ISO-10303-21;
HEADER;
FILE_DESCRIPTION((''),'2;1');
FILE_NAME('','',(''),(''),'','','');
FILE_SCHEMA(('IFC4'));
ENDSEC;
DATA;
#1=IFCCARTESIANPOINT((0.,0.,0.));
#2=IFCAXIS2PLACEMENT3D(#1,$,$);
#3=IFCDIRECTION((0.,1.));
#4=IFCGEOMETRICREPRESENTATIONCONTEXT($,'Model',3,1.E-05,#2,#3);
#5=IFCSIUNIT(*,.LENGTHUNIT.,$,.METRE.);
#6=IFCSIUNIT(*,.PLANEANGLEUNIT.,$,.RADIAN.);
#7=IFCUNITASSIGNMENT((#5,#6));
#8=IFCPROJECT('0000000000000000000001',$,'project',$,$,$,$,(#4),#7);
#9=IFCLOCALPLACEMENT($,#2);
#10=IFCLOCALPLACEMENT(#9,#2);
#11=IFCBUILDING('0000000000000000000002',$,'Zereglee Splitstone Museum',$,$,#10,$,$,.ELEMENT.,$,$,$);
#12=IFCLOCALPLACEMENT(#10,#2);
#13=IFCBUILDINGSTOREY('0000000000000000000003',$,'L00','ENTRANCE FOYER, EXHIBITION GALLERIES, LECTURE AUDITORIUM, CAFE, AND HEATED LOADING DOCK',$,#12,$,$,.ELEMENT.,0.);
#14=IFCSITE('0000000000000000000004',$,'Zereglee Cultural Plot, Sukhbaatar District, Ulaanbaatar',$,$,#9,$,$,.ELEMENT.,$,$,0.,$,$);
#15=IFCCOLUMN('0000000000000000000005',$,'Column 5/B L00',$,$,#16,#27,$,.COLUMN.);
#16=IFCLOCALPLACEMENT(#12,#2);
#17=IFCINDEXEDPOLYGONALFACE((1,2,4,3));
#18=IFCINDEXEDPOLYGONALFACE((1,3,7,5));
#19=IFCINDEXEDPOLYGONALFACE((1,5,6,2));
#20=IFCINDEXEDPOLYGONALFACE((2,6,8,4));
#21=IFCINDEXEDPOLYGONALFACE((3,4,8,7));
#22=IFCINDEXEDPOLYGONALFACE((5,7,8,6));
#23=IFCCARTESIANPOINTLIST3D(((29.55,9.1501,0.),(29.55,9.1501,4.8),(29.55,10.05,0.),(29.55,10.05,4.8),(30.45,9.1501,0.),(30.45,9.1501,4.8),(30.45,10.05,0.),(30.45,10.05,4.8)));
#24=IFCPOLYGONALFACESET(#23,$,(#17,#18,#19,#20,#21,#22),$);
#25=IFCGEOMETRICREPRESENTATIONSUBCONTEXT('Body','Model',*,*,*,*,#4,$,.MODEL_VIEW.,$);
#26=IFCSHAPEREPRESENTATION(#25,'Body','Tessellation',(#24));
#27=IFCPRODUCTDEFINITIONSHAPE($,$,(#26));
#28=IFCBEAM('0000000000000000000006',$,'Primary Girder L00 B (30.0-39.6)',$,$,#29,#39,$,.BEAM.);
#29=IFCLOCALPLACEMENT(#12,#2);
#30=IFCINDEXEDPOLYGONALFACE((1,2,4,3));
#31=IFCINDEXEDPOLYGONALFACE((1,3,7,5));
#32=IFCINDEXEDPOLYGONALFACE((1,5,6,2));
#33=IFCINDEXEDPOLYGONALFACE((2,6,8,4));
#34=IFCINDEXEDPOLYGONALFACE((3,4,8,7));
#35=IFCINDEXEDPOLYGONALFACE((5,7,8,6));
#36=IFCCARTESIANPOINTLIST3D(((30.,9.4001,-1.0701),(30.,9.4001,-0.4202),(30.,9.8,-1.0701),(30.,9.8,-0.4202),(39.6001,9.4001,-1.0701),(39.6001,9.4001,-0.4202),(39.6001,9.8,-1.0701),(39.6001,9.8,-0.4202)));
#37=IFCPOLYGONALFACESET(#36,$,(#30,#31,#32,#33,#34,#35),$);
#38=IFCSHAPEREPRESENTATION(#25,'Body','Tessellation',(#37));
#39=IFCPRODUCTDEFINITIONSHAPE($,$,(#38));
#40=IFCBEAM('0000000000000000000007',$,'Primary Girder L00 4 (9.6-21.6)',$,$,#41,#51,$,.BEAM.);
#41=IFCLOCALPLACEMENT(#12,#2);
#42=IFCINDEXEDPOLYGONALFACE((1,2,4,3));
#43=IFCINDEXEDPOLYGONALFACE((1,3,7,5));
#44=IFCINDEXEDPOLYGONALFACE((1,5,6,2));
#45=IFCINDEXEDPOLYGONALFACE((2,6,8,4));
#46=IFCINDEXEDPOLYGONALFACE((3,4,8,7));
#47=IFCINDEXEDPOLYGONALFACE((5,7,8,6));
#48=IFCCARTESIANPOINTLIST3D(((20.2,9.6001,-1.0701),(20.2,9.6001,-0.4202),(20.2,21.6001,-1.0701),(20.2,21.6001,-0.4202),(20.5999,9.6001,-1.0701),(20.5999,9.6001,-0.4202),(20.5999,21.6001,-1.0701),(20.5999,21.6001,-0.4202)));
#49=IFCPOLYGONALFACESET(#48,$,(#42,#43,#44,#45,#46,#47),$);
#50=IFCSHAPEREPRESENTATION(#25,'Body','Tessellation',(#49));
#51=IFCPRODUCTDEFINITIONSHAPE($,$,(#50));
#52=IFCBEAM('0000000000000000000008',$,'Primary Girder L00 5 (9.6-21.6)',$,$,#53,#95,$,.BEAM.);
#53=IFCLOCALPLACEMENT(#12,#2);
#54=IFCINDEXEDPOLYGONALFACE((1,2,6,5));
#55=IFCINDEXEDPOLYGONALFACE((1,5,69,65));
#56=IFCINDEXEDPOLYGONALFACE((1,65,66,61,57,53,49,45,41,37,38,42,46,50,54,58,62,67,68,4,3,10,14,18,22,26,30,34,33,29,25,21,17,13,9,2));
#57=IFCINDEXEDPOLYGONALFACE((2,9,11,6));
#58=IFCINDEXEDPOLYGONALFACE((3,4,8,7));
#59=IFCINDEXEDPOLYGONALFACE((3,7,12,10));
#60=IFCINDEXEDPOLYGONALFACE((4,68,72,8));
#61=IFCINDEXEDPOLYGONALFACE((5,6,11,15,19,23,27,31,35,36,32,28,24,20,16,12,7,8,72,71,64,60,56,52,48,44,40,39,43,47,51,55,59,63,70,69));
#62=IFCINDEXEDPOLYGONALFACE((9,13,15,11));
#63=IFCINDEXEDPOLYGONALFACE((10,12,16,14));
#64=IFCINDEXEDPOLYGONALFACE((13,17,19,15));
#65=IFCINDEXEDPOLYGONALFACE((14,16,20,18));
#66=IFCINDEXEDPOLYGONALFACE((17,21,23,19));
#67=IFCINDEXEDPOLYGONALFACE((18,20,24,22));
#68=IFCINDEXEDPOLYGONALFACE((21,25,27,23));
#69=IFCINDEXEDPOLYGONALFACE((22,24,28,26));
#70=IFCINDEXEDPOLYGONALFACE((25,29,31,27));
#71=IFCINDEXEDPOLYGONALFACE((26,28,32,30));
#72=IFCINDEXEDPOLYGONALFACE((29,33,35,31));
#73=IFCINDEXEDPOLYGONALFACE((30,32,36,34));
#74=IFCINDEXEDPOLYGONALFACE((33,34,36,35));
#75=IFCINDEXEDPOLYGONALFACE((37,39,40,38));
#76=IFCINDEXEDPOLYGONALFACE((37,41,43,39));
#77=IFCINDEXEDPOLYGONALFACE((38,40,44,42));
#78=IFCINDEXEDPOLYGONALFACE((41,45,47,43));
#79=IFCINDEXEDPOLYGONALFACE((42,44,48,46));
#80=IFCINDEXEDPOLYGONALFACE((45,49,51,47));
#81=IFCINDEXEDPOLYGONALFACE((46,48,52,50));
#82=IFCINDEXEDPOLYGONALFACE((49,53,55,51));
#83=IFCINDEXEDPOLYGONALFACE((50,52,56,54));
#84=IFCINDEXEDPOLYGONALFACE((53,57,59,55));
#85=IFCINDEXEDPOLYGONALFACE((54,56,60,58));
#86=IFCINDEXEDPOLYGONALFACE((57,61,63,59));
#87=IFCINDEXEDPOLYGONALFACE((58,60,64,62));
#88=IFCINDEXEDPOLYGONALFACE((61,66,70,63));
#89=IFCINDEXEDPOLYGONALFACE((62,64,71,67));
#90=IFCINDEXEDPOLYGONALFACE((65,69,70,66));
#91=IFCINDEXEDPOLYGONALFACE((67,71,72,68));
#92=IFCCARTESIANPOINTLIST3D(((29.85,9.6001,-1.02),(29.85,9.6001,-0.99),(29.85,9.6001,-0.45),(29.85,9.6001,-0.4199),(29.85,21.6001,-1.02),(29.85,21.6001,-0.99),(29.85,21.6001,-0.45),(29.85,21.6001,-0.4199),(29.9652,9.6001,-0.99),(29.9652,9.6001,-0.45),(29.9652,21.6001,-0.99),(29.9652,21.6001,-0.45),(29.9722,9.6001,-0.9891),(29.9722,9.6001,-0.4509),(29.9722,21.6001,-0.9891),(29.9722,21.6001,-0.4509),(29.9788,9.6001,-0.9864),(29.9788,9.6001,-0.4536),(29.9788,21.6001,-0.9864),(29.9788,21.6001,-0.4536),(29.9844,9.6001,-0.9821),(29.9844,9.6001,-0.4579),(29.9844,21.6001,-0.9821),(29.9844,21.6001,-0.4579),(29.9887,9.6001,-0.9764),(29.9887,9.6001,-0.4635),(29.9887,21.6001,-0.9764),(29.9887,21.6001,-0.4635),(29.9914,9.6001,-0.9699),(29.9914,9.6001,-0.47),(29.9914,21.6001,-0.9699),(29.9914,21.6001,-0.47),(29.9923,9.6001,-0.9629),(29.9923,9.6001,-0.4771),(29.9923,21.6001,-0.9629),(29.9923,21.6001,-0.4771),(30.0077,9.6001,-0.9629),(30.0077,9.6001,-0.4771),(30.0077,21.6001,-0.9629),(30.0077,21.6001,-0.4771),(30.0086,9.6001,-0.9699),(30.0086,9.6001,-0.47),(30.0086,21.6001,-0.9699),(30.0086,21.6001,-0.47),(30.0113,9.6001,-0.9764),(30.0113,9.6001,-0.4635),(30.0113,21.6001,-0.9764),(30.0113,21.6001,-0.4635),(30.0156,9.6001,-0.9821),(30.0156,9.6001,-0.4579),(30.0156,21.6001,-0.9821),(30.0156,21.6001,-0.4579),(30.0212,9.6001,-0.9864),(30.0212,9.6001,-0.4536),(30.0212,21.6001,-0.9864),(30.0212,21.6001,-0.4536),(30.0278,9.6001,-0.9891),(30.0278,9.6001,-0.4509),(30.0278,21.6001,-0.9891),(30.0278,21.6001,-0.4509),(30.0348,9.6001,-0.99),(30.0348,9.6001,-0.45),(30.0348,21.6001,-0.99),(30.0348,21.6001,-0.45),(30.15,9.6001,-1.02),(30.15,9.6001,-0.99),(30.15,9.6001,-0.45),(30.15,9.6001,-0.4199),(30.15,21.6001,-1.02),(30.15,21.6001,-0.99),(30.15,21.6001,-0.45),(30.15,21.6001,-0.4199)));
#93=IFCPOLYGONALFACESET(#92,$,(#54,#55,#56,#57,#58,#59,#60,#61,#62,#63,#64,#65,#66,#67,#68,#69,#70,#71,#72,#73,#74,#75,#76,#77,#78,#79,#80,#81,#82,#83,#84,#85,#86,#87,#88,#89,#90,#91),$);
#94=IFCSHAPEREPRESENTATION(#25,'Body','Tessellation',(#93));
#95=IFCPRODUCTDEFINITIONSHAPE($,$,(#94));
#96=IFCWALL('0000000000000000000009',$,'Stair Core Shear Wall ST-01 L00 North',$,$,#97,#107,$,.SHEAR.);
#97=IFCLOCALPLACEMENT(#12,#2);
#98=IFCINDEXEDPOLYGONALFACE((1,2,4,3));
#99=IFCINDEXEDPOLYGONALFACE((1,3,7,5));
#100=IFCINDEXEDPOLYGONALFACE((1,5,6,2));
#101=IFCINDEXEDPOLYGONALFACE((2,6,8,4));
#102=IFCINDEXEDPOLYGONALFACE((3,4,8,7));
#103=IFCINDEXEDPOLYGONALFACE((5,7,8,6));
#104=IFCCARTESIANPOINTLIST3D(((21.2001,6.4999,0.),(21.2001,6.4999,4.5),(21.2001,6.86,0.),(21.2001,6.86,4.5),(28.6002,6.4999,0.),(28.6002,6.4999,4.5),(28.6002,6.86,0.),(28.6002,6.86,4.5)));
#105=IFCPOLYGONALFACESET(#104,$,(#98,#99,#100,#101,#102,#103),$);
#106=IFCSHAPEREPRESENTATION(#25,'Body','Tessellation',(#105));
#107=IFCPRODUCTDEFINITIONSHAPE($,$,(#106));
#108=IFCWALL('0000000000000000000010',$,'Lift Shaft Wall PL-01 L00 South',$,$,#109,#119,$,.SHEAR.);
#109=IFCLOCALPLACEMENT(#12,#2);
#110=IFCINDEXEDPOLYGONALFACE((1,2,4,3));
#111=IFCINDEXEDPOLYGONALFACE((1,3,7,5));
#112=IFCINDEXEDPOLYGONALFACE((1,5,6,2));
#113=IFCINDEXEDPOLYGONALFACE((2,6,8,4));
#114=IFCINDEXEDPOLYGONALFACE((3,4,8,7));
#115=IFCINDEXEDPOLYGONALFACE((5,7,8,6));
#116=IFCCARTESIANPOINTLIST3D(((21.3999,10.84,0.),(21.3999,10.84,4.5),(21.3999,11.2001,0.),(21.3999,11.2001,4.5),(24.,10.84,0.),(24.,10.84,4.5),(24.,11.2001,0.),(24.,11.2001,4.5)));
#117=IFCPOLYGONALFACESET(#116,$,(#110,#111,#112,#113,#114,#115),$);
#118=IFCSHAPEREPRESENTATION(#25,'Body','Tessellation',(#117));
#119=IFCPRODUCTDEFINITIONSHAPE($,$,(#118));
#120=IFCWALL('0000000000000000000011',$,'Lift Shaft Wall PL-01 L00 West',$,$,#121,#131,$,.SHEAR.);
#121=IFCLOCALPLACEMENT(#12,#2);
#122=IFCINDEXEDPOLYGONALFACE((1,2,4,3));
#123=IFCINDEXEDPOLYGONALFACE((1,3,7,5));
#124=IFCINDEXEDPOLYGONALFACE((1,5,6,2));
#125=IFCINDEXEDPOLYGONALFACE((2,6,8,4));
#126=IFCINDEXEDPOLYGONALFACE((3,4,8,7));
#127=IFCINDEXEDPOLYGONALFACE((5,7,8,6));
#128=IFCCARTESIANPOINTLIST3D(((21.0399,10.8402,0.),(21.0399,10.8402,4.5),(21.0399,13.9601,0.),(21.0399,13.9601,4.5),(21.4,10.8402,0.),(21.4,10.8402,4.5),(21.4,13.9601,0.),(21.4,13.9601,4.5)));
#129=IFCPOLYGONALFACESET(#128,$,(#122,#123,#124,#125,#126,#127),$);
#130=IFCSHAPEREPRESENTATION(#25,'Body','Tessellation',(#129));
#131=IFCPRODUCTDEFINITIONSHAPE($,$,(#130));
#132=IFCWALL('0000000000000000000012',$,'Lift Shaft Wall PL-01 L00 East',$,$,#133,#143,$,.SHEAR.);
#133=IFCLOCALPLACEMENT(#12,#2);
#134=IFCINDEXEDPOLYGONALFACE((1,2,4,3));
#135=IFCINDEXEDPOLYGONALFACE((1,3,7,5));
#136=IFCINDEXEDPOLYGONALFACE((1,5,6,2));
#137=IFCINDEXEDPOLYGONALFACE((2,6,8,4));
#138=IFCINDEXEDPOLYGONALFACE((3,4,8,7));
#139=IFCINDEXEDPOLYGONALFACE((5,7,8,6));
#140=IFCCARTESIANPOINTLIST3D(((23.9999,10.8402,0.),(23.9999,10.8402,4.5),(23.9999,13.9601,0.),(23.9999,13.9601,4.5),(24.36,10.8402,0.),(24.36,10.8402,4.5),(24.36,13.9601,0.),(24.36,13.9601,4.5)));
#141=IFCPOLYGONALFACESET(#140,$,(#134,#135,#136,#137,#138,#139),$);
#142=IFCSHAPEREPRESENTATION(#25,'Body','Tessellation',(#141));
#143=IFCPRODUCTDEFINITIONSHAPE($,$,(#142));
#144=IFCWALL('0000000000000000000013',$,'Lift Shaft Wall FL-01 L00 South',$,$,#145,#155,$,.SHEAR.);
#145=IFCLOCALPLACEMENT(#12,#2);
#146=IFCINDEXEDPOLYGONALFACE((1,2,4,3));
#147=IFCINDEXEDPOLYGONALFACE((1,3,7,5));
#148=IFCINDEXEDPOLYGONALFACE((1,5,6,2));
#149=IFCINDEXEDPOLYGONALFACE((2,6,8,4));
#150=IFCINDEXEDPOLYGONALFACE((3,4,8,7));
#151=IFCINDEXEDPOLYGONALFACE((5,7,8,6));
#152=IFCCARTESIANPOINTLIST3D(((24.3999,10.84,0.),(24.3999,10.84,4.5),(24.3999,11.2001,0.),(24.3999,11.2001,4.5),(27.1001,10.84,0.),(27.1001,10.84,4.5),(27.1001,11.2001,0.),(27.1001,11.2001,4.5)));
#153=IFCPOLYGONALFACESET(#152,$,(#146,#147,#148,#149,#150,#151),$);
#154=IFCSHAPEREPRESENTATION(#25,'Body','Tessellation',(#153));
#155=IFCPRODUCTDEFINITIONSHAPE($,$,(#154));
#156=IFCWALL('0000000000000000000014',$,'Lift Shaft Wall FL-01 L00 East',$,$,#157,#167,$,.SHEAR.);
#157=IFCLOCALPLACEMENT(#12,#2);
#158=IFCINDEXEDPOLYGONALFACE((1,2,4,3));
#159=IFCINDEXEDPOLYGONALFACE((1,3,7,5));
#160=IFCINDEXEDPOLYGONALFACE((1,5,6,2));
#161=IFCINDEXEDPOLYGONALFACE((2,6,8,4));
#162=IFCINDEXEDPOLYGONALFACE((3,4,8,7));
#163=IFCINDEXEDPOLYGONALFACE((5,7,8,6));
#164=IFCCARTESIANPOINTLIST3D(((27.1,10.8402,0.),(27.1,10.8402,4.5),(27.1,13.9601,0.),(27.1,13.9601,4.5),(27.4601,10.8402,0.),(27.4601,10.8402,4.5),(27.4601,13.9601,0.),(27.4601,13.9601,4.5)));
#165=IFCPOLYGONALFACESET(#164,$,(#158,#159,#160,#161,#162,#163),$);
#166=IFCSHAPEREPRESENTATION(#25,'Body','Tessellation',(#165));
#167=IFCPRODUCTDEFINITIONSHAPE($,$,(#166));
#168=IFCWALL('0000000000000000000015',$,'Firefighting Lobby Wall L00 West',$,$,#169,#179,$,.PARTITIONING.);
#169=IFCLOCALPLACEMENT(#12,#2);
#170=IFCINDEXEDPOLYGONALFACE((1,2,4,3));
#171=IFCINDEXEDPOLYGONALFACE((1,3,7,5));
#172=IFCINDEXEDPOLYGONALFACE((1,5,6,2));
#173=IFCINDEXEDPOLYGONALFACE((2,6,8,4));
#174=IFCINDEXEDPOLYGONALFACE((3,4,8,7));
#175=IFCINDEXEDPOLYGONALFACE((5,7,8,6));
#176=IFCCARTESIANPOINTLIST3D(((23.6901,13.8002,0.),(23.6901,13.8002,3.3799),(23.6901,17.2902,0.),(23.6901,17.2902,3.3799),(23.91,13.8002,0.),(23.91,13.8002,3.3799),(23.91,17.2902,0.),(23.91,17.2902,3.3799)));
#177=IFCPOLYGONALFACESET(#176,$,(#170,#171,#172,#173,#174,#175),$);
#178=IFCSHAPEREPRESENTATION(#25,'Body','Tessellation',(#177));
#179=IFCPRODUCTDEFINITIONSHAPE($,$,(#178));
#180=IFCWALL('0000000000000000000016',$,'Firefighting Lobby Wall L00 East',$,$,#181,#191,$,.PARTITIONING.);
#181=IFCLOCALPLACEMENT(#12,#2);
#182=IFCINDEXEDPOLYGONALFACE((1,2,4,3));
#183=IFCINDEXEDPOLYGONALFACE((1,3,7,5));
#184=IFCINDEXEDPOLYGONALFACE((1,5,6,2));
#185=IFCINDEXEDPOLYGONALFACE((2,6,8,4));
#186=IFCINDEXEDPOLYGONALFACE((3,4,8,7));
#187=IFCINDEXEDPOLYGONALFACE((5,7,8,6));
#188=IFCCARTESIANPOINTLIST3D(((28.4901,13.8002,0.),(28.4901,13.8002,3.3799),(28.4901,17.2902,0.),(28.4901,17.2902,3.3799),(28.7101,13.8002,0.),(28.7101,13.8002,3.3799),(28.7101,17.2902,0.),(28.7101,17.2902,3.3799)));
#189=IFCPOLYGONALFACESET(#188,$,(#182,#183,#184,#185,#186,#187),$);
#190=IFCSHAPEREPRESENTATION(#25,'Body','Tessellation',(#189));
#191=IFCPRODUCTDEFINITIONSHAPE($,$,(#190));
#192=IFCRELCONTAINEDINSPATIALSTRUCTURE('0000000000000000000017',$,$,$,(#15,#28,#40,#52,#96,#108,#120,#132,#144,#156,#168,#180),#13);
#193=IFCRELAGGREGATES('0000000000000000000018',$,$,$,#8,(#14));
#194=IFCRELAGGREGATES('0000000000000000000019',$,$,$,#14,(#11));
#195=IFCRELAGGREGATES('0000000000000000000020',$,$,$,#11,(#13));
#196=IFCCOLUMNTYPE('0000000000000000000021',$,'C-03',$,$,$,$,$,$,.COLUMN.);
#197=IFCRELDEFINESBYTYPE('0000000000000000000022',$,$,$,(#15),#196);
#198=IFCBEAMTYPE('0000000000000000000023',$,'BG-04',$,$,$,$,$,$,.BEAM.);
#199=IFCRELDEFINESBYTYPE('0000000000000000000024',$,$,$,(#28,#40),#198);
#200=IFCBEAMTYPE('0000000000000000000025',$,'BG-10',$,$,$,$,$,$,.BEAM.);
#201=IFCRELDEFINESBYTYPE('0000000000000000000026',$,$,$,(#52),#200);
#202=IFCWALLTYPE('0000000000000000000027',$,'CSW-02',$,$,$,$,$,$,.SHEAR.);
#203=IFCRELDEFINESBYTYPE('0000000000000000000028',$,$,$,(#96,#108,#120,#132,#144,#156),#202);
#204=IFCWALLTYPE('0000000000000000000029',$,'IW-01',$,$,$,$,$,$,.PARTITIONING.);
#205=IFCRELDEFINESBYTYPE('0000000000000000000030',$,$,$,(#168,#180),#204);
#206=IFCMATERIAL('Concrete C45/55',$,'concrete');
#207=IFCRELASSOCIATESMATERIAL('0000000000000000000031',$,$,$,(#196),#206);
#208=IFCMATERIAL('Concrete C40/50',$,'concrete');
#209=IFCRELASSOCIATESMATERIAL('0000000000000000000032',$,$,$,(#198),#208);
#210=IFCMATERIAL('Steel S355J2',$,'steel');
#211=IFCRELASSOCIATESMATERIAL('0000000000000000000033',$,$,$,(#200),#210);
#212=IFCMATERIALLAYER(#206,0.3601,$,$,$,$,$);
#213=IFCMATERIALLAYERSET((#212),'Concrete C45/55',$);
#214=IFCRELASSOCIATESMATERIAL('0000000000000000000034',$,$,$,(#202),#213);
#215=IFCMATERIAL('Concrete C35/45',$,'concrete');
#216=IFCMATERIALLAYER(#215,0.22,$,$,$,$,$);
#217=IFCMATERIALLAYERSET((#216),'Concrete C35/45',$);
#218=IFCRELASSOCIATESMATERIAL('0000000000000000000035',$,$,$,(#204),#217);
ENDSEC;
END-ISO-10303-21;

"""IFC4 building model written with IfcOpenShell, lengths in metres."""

from ifc_helpers import new_model, si_unit, direction, frame, frame_2d, origin, origin_2d, place, context, subcontext, project, spatial, rectangle, i_section, extrude, material, layer, layer_set, material_profile, profile_set, type_object, element, save


model = new_model("IFC4")

# Units and contexts
model_context = context("Model", 3, precision=1e-05, world=origin(), true_north=direction((0.0, 1.0)))
body_context = subcontext(model_context, "Body", "Model", "MODEL_VIEW")
ifc_project = project(units=[si_unit("LENGTHUNIT", "METRE"), si_unit("PLANEANGLEUNIT", "RADIAN")], contexts=[model_context])

# Site, building, storey
site_placement = place(None, origin())
site = spatial("IfcSite", under=ifc_project, at=site_placement, Name="Zereglee Cultural Plot, Sukhbaatar District, Ulaanbaatar", CompositionType="ELEMENT", RefElevation=0.0)
building_placement = place(site_placement, origin())
building = spatial("IfcBuilding", under=site, at=building_placement, Name="Zereglee Splitstone Museum", CompositionType="ELEMENT")
storey_placement = place(building_placement, origin())
storey = spatial("IfcBuildingStorey", under=building, at=storey_placement, Name="L00", Description="ENTRANCE FOYER, EXHIBITION GALLERIES, LECTURE AUDITORIUM, CAFE, AND HEATED LOADING DOCK", CompositionType="ELEMENT", Elevation=0.0)

# Column
ifc_material_1 = material(Name="Concrete C45/55", Category="concrete")
ifc_material_profile_1 = material_profile(ifc_material_1, rectangle(XDim=0.8999, YDim=0.8999, at=origin_2d()), Name="RC 900x900")
ifc_profile_set_1 = profile_set([ifc_material_profile_1], Name="Concrete C45/55")
column_type = type_object("IfcColumnType", Name="C-03", PredefinedType="COLUMN", material=ifc_profile_set_1)
column_placement = place(storey_placement, frame((30.0, 9.6001, 0.0), z_axis=(0.0, 0.0, 1.0), x_axis=(1.0, 0.0, 0.0)))
element("IfcColumn", 1, at=column_placement, inside=storey, type_object=column_type, Name="Column 5/B L00", PredefinedType="COLUMN", context=body_context, shape_type="SweptSolid", body=[
    extrude(rectangle(XDim=0.8999, YDim=0.8999, at=origin_2d()), origin(), (0.0, 0.0, 1.0), 4.8),
])

# Beams
ifc_material_2 = material(Name="Concrete C40/50", Category="concrete")
ifc_material_profile_2 = material_profile(ifc_material_2, rectangle(XDim=0.3999, YDim=0.6499, at=origin_2d()), Name="RC 400x650")
ifc_profile_set_2 = profile_set([ifc_material_profile_2], Name="Concrete C40/50")
beam_type_1 = type_object("IfcBeamType", Name="BG-04", PredefinedType="BEAM", material=ifc_profile_set_2)
beam_1_placement = place(storey_placement, frame((30.0, 9.6001, -0.7451), z_axis=(1.0, 0.0, 0.0), x_axis=(0.0, 1.0, 0.0)))
element("IfcBeam", 2, at=beam_1_placement, inside=storey, type_object=beam_type_1, Name="Primary Girder L00 B (30.0-39.6)", PredefinedType="BEAM", context=body_context, shape_type="SweptSolid", body=[
    extrude(rectangle(XDim=0.3999, YDim=0.6499, at=origin_2d()), origin(), (0.0, 0.0, 1.0), 9.6001),
])
beam_2_placement = place(storey_placement, frame((20.3999, 9.6001, -0.7451), z_axis=(0.0, 1.0, 0.0), x_axis=(-1.0, 0.0, 0.0)))
element("IfcBeam", 3, at=beam_2_placement, inside=storey, type_object=beam_type_1, Name="Primary Girder L00 4 (9.6-21.6)", PredefinedType="BEAM", context=body_context, shape_type="SweptSolid", body=[
    extrude(rectangle(XDim=0.3999, YDim=0.6499, at=origin_2d()), origin(), (0.0, 0.0, 1.0), 12.0),
])
ifc_material_3 = material(Name="Steel S355J2", Category="steel")
ifc_material_profile_3 = material_profile(ifc_material_3, i_section(OverallWidth=0.3, OverallDepth=0.6001, WebThickness=0.0154, FlangeThickness=0.03, FilletRadius=0.0271, at=origin_2d()), Name="HE 600 B")
ifc_profile_set_3 = profile_set([ifc_material_profile_3], Name="Steel S355J2")
beam_type_2 = type_object("IfcBeamType", Name="BG-10", PredefinedType="BEAM", material=ifc_profile_set_3)
beam_3_placement = place(storey_placement, frame((30.0, 9.6001, -0.72), z_axis=(0.0, 1.0, 0.0), x_axis=(-1.0, 0.0, 0.0)))
element("IfcBeam", 4, at=beam_3_placement, inside=storey, type_object=beam_type_2, Name="Primary Girder L00 5 (9.6-21.6)", PredefinedType="BEAM", context=body_context, shape_type="SweptSolid", body=[
    extrude(i_section(OverallWidth=0.3, OverallDepth=0.6001, WebThickness=0.0154, FlangeThickness=0.03, FilletRadius=0.0271, at=origin_2d()), origin(), (0.0, 0.0, 1.0), 12.0),
])

# Wall
ifc_layer_1 = layer(ifc_material_1, 0.3601)
ifc_layer_set_1 = layer_set([ifc_layer_1], Name="Concrete C45/55")
wall_type_1 = type_object("IfcWallType", Name="CSW-02", PredefinedType="SHEAR", material=ifc_layer_set_1)
wall_1_placement = place(storey_placement, frame((21.2, 6.6799, 0.0), z_axis=(0.0, 0.0, 1.0), x_axis=(1.0, 0.0, 0.0)))
element("IfcWall", 5, at=wall_1_placement, inside=storey, type_object=wall_type_1, Name="Stair Core Shear Wall ST-01 L00 North", PredefinedType="SHEAR", context=body_context, shape_type="SweptSolid", body=[
    extrude(rectangle(XDim=7.4001, YDim=0.3601, at=frame_2d((3.7002, 0.0))), origin(), (0.0, 0.0, 1.0), 4.5),
])

# Walls
wall_2_placement = place(storey_placement, frame((21.3999, 11.02, 0.0), z_axis=(0.0, 0.0, 1.0), x_axis=(1.0, 0.0, 0.0)))
element("IfcWall", 6, at=wall_2_placement, inside=storey, type_object=wall_type_1, Name="Lift Shaft Wall PL-01 L00 South", PredefinedType="SHEAR", context=body_context, shape_type="SweptSolid", body=[
    extrude(rectangle(XDim=2.6001, YDim=0.3601, at=frame_2d((1.3, 0.0))), origin(), (0.0, 0.0, 1.0), 4.5),
])
for number, where, z_axis, x_axis, name in (
    (7, (21.22, 10.8401, 0.0), (0.0, 0.0, 1.0), (0.0, 1.0, 0.0), "Lift Shaft Wall PL-01 L00 West"),
    (8, (24.1799, 10.8401, 0.0), (0.0, 0.0, 1.0), (0.0, 1.0, 0.0), "Lift Shaft Wall PL-01 L00 East"),
):
    element("IfcWall", number, at=place(storey_placement, frame(where, z_axis=z_axis, x_axis=x_axis)), inside=storey, type_object=wall_type_1, Name=name, PredefinedType="SHEAR", context=body_context, shape_type="SweptSolid", body=[
        extrude(rectangle(XDim=3.1199, YDim=0.3601, at=frame_2d((1.5601, 0.0))), origin(), (0.0, 0.0, 1.0), 4.5),
    ])

# Walls
wall_3_placement = place(storey_placement, frame((24.3999, 11.02, 0.0), z_axis=(0.0, 0.0, 1.0), x_axis=(1.0, 0.0, 0.0)))
element("IfcWall", 9, at=wall_3_placement, inside=storey, type_object=wall_type_1, Name="Lift Shaft Wall FL-01 L00 South", PredefinedType="SHEAR", context=body_context, shape_type="SweptSolid", body=[
    extrude(rectangle(XDim=2.7002, YDim=0.3601, at=frame_2d((1.3501, 0.0))), origin(), (0.0, 0.0, 1.0), 4.5),
])
wall_4_placement = place(storey_placement, frame((27.28, 10.8401, 0.0), z_axis=(0.0, 0.0, 1.0), x_axis=(0.0, 1.0, 0.0)))
element("IfcWall", 10, at=wall_4_placement, inside=storey, type_object=wall_type_1, Name="Lift Shaft Wall FL-01 L00 East", PredefinedType="SHEAR", context=body_context, shape_type="SweptSolid", body=[
    extrude(rectangle(XDim=3.1199, YDim=0.3601, at=frame_2d((1.5601, 0.0))), origin(), (0.0, 0.0, 1.0), 4.5),
])
ifc_material_4 = material(Name="Concrete C35/45", Category="concrete")
ifc_layer_2 = layer(ifc_material_4, 0.22)
ifc_layer_set_2 = layer_set([ifc_layer_2], Name="Concrete C35/45")
wall_type_2 = type_object("IfcWallType", Name="IW-01", PredefinedType="PARTITIONING", material=ifc_layer_set_2)
for number, where, z_axis, x_axis, name in (
    (11, (23.8, 13.8, 0.0), (0.0, 0.0, 1.0), (0.0, 1.0, 0.0), "Firefighting Lobby Wall L00 West"),
    (12, (28.6001, 13.8, 0.0), (0.0, 0.0, 1.0), (0.0, 1.0, 0.0), "Firefighting Lobby Wall L00 East"),
):
    element("IfcWall", number, at=place(storey_placement, frame(where, z_axis=z_axis, x_axis=x_axis)), inside=storey, type_object=wall_type_2, Name=name, PredefinedType="PARTITIONING", context=body_context, shape_type="SweptSolid", body=[
        extrude(rectangle(XDim=3.49, YDim=0.22, at=frame_2d((1.7451, 0.0))), origin(), (0.0, 0.0, 1.0), 3.3799),
    ])

save(model, "model.ifc")
